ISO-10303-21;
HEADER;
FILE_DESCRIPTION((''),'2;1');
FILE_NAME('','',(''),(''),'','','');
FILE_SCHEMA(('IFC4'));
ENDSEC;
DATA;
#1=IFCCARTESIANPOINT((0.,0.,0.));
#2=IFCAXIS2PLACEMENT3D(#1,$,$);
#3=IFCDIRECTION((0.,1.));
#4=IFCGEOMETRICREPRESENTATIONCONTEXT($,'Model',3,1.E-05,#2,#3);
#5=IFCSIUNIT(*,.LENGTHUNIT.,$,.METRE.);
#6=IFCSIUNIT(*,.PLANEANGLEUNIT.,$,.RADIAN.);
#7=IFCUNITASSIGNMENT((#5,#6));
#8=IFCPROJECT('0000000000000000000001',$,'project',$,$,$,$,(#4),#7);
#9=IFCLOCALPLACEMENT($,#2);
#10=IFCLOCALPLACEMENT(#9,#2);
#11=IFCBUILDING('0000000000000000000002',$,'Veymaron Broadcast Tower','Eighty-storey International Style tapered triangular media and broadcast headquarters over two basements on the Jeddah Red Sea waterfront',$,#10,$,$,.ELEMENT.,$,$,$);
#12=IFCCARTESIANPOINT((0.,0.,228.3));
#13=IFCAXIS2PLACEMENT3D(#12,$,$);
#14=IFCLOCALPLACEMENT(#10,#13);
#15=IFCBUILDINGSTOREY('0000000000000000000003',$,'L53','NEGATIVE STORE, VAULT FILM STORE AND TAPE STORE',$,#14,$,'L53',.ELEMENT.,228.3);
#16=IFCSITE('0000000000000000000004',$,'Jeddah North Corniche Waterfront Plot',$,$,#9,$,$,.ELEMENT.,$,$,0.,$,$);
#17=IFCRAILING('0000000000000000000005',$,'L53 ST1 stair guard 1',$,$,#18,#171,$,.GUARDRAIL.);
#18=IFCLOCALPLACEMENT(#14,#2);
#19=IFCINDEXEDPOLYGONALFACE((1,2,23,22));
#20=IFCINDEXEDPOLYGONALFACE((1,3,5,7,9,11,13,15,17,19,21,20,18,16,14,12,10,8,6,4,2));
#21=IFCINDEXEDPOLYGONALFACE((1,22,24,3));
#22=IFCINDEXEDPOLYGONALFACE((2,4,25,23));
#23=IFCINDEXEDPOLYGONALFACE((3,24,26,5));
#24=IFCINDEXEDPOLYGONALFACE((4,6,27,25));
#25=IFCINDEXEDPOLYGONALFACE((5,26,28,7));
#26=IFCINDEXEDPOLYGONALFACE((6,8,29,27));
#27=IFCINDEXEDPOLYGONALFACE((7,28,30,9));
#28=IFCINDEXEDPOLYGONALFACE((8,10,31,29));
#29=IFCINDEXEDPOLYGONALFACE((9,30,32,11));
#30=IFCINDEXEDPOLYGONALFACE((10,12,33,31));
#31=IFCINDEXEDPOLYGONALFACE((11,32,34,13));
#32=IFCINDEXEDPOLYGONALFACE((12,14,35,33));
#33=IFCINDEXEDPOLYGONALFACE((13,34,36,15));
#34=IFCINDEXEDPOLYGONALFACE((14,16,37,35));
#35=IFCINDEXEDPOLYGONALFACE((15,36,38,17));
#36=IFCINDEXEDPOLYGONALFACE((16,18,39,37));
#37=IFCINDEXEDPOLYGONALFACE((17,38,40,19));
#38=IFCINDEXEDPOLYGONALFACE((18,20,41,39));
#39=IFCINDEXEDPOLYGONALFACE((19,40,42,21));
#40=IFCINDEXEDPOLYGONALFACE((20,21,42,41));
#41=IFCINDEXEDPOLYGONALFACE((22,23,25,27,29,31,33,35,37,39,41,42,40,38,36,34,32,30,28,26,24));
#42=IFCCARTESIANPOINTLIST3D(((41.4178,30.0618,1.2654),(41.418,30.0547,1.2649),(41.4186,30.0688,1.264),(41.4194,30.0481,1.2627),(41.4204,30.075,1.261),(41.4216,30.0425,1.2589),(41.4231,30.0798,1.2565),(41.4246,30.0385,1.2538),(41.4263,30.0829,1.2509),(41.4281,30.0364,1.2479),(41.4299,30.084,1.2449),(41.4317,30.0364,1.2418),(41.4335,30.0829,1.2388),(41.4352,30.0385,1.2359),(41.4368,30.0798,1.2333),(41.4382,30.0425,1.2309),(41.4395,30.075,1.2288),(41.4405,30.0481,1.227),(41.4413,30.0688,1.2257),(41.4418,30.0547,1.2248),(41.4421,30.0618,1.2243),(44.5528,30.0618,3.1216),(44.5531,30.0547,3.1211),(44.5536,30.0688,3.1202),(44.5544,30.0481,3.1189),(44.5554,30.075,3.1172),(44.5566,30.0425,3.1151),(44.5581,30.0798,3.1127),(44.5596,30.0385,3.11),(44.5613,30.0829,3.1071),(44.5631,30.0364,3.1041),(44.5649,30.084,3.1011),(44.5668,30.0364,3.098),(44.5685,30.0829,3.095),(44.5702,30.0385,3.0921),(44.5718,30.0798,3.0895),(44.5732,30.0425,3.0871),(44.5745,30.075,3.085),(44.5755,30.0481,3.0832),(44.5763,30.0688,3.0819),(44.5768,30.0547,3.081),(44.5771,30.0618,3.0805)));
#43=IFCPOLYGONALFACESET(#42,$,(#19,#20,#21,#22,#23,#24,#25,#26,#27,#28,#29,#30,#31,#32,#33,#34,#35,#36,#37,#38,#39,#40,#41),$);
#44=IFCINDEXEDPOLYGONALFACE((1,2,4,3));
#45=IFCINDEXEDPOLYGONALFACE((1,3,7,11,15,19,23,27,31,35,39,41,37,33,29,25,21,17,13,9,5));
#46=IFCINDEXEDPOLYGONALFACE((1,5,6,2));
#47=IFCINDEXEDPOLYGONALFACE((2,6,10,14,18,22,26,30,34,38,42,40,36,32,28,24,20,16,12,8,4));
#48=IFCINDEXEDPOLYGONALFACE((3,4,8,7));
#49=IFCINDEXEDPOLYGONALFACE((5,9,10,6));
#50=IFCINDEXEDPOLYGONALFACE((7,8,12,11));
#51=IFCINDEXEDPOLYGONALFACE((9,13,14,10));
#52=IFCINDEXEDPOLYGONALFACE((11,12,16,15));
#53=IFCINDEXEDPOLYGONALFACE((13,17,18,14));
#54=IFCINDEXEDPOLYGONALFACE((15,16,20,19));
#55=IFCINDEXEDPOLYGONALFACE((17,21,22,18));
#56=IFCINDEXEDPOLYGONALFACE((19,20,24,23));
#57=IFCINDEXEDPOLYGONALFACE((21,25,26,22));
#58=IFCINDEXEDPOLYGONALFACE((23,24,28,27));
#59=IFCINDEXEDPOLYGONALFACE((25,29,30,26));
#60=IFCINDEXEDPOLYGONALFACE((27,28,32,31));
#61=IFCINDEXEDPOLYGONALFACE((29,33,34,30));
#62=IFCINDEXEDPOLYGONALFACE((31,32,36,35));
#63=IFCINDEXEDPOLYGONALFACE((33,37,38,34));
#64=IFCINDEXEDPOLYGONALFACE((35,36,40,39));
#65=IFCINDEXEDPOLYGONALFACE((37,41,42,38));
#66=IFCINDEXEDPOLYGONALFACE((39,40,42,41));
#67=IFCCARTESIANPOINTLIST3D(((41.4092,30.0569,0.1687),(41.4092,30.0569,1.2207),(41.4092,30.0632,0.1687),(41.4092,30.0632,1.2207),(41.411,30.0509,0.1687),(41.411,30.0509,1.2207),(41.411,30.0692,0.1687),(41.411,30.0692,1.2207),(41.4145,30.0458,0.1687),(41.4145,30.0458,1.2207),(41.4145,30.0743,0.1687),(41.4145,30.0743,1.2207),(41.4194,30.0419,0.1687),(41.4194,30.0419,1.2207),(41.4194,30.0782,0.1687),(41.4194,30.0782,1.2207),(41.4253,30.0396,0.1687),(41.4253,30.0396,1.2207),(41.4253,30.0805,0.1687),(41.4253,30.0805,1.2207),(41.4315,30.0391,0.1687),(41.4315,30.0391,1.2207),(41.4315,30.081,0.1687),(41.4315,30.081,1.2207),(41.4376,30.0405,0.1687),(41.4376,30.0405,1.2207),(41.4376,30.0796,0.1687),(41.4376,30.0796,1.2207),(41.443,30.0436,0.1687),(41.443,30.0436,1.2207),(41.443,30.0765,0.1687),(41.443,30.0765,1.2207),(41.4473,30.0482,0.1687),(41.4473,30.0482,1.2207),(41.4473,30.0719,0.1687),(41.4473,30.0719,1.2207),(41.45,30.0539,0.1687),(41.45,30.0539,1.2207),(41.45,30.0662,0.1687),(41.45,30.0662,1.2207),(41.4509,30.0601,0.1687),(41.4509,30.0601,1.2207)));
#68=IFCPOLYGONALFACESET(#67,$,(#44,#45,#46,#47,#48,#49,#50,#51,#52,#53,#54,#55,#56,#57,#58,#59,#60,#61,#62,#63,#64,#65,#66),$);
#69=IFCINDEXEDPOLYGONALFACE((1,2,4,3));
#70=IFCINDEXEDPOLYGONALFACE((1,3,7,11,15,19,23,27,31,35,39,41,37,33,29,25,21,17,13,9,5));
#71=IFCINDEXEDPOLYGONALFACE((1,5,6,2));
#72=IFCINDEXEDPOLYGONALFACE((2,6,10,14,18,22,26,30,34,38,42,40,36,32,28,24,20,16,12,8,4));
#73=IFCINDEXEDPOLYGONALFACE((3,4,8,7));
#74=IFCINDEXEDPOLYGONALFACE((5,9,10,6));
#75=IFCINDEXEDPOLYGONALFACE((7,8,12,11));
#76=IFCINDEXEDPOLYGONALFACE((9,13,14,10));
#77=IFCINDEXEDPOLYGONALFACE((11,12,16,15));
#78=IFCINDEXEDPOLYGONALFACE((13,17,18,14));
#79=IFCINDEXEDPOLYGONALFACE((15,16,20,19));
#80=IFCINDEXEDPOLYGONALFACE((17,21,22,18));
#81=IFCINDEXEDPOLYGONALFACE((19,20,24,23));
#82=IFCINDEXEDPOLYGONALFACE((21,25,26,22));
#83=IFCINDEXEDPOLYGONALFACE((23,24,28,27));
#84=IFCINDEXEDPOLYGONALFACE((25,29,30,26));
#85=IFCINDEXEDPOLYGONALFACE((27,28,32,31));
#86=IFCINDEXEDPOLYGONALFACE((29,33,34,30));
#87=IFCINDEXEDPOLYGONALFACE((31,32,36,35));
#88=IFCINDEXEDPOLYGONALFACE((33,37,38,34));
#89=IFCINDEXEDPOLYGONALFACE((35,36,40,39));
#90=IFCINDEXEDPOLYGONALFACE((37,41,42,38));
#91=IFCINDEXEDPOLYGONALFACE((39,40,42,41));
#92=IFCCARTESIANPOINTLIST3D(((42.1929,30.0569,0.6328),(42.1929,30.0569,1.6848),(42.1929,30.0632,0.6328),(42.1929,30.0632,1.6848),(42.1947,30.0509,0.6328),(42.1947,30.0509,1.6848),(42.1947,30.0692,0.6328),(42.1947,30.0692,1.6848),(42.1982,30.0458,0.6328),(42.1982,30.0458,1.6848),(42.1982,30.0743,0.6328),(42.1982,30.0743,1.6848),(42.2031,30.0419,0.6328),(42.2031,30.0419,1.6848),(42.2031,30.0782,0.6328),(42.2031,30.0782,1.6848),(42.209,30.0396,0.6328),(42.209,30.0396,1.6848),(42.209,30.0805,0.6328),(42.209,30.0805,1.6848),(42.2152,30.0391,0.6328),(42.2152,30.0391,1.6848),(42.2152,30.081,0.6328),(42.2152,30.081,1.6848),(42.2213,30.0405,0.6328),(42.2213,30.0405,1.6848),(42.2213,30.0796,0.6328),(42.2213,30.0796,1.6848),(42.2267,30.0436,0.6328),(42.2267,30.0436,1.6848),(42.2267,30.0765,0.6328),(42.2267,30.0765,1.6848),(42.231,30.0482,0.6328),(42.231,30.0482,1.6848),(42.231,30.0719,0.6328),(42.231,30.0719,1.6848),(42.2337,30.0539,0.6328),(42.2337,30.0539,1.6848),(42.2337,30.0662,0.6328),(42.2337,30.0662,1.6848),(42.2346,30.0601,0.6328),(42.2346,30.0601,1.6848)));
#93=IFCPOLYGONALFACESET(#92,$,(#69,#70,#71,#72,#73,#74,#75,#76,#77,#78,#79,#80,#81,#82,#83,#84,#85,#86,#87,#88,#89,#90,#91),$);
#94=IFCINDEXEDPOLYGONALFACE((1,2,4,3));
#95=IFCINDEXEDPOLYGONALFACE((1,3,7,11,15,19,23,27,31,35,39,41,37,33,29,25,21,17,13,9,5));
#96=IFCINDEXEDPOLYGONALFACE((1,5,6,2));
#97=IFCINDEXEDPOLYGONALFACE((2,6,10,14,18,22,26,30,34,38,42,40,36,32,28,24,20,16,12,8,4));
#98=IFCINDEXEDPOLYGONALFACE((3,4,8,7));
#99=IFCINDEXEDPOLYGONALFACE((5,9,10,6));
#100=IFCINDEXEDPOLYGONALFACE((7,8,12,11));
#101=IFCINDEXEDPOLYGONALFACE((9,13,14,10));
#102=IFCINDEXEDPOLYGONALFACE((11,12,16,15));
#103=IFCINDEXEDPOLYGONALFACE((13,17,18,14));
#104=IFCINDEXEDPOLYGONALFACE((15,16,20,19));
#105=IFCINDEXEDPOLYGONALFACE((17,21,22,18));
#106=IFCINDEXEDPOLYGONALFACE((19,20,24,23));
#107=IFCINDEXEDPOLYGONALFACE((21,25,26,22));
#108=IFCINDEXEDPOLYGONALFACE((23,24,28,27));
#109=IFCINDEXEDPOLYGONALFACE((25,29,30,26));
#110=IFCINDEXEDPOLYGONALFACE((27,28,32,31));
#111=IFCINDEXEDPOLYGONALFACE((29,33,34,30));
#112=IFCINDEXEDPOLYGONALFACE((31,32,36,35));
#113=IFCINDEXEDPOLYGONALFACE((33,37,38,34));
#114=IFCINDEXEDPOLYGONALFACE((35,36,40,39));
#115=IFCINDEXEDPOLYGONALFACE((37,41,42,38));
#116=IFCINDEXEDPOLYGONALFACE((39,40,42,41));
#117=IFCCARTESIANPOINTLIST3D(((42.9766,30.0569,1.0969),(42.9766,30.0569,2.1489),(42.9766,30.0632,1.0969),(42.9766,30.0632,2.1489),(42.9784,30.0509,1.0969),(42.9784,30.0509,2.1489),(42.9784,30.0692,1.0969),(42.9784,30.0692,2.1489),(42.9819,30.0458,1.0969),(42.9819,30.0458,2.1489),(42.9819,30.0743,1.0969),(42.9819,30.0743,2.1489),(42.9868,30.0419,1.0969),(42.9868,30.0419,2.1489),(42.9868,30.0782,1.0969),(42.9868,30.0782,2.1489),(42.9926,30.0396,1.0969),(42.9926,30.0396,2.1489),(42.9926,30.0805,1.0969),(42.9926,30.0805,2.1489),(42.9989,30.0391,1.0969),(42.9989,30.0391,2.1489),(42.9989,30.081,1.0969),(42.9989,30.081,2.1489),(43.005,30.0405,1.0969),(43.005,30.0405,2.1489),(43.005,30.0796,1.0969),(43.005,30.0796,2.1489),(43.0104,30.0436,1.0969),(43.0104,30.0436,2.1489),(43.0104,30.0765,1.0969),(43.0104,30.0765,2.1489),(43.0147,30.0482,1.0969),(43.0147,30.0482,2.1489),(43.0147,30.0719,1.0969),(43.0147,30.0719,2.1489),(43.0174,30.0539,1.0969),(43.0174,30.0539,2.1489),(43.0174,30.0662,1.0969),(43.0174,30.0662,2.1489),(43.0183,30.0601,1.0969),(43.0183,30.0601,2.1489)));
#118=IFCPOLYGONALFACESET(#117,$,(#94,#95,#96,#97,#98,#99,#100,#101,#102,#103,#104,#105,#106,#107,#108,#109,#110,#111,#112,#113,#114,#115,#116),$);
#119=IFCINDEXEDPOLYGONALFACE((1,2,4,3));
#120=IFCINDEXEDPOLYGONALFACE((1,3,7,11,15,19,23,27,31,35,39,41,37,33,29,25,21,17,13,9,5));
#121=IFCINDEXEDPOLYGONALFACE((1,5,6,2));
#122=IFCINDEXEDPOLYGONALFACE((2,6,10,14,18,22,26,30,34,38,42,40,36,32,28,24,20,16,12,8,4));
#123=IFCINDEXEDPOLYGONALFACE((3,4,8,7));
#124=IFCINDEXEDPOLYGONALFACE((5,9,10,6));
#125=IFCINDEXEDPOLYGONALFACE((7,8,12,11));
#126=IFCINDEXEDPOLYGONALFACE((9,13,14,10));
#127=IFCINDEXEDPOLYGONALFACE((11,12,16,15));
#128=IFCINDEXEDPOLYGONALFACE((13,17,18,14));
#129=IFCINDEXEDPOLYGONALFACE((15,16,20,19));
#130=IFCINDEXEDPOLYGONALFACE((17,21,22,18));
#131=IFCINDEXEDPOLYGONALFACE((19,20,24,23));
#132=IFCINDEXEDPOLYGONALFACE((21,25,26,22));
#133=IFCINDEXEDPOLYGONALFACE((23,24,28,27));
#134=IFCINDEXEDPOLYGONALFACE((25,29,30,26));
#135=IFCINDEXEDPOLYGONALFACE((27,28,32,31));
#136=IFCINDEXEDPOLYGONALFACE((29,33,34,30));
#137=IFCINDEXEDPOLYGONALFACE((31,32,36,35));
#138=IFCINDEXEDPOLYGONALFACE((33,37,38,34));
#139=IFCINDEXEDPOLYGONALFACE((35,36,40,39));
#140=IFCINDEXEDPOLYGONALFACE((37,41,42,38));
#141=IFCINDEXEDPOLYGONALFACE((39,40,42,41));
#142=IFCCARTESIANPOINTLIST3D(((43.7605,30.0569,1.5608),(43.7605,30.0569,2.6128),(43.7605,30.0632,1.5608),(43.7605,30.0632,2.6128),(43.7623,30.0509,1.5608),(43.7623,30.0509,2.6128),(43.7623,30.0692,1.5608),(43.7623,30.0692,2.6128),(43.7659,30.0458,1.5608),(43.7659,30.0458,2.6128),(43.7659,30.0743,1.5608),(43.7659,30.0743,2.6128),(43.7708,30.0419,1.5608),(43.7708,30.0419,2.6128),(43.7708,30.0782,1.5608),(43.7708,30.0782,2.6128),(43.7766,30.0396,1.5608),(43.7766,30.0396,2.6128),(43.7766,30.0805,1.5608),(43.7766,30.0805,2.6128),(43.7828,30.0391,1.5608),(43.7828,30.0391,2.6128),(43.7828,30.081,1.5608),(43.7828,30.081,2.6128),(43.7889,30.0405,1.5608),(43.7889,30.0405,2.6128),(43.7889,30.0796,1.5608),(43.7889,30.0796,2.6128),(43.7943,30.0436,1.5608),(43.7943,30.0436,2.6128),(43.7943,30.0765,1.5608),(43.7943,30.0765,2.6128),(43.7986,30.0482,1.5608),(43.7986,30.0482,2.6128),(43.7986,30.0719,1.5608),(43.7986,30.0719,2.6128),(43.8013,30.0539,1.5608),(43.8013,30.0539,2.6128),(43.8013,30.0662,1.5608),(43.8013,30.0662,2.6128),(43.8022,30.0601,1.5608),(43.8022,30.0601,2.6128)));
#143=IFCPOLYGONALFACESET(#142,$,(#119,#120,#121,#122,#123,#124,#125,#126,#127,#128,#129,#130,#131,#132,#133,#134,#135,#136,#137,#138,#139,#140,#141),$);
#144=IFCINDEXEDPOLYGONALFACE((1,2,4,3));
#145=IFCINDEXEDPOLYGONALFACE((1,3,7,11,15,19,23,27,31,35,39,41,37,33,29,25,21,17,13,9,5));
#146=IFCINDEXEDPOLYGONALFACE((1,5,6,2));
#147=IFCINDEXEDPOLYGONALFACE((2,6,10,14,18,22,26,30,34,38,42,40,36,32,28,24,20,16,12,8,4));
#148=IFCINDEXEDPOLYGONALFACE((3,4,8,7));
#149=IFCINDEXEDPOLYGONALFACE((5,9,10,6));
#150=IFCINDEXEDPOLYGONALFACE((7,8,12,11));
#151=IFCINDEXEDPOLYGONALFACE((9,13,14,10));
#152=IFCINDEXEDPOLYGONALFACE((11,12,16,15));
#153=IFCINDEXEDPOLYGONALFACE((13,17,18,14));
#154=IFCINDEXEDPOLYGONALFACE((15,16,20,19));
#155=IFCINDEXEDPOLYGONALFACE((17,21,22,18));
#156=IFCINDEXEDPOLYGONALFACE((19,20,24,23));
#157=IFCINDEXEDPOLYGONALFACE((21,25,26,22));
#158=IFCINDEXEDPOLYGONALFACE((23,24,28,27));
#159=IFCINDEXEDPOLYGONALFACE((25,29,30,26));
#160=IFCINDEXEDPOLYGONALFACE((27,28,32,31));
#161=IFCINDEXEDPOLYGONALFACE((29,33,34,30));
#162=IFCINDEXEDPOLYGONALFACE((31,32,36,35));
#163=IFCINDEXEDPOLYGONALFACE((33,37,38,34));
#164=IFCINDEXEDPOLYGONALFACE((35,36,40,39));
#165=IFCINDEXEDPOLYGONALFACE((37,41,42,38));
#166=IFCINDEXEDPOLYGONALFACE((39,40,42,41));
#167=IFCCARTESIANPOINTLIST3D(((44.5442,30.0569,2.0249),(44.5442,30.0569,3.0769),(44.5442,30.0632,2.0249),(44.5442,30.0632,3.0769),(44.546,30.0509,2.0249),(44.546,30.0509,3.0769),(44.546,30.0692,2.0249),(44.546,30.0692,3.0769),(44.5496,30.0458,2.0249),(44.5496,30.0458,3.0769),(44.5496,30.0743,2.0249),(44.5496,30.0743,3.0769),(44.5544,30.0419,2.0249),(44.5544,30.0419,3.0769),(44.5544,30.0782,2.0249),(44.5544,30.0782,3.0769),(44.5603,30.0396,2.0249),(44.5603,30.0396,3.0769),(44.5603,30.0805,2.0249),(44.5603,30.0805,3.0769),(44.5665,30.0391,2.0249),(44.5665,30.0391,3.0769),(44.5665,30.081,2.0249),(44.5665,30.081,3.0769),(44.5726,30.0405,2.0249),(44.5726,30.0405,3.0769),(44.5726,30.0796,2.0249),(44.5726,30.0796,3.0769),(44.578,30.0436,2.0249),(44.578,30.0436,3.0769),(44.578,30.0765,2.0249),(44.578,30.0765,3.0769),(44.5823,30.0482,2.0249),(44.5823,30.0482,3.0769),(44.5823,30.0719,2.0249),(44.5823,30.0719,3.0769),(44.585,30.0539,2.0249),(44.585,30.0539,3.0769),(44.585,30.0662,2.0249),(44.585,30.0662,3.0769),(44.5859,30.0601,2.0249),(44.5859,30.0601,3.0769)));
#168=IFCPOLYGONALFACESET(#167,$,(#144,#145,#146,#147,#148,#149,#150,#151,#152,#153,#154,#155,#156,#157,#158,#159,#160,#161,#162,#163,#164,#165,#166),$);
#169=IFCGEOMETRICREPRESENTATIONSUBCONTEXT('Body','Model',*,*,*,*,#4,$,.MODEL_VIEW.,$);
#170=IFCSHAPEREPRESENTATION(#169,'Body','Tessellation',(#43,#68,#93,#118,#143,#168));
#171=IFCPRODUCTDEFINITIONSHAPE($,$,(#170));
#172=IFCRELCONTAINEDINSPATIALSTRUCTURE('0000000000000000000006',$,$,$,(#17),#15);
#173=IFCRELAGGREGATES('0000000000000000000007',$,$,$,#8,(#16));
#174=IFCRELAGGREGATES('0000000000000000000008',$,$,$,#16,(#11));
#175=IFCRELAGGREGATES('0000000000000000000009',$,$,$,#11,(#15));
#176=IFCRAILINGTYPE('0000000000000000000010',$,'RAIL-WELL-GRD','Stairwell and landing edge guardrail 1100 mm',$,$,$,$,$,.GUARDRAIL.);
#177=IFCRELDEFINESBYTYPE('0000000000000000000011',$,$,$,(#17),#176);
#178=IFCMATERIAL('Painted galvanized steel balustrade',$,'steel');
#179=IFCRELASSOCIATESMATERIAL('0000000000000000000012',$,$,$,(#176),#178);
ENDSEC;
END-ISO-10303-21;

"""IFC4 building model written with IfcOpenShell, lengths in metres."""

from ifc_helpers import new_model, si_unit, direction, frame, origin, origin_2d, place, context, subcontext, project, spatial, circle, extrude, material, type_object, element, save


model = new_model("IFC4")

# Units and contexts
model_context = context("Model", 3, precision=1e-05, world=origin(), true_north=direction((0.0, 1.0)))
body_context = subcontext(model_context, "Body", "Model", "MODEL_VIEW")
ifc_project = project(units=[si_unit("LENGTHUNIT", "METRE"), si_unit("PLANEANGLEUNIT", "RADIAN")], contexts=[model_context])

# Site, building, storey
site_placement = place(None, origin())
site = spatial("IfcSite", under=ifc_project, at=site_placement, Name="Jeddah North Corniche Waterfront Plot", CompositionType="ELEMENT", RefElevation=0.0)
building_placement = place(site_placement, origin())
building = spatial("IfcBuilding", under=site, at=building_placement, Name="Veymaron Broadcast Tower", Description="Eighty-storey International Style tapered triangular media and broadcast headquarters over two basements on the Jeddah Red Sea waterfront", CompositionType="ELEMENT")
storey_placement = place(building_placement, frame((0.0, 0.0, 228.3)))
storey = spatial("IfcBuildingStorey", under=building, at=storey_placement, Name="L53", Description="NEGATIVE STORE, VAULT FILM STORE AND TAPE STORE", LongName="L53", CompositionType="ELEMENT", Elevation=228.3)

# Railing
ifc_material_1 = material(Name="Painted galvanized steel balustrade", Category="steel")
railing_type_1 = type_object("IfcRailingType", Name="RAIL-WELL-GRD", Description="Stairwell and landing edge guardrail 1100 mm", PredefinedType="GUARDRAIL", material=ifc_material_1)
railing_1_placement = place(storey_placement, frame((41.4299, 30.0601, 0.1687)))
element("IfcRailing", 1, at=railing_1_placement, inside=storey, type_object=railing_type_1, Name="L53 ST1 stair guard 1", PredefinedType="GUARDRAIL", context=body_context, shape_type="SweptSolid", body=[
    extrude(circle(Radius=0.0239, at=origin_2d()), frame((0.0, 0.0, 1.0762), z_axis=(0.860482, 0.0, 0.509481), x_axis=(0.0, 1.0, 0.0)), (0.0, 0.0, 1.0), 3.6433),
    extrude(circle(Radius=0.021, at=origin_2d()), origin(), (0.0, 0.0, 1.0), 1.052),
    extrude(circle(Radius=0.021, at=origin_2d()), frame((0.7837, 0.0, 0.4641)), (0.0, 0.0, 1.0), 1.052),
    extrude(circle(Radius=0.021, at=origin_2d()), frame((1.5674, 0.0, 0.9282)), (0.0, 0.0, 1.0), 1.052),
    extrude(circle(Radius=0.021, at=origin_2d()), frame((2.3513, 0.0, 1.3921)), (0.0, 0.0, 1.0), 1.052),
    extrude(circle(Radius=0.021, at=origin_2d()), frame((3.135, 0.0, 1.8562)), (0.0, 0.0, 1.0), 1.052),
])

save(model, "model.ifc")
